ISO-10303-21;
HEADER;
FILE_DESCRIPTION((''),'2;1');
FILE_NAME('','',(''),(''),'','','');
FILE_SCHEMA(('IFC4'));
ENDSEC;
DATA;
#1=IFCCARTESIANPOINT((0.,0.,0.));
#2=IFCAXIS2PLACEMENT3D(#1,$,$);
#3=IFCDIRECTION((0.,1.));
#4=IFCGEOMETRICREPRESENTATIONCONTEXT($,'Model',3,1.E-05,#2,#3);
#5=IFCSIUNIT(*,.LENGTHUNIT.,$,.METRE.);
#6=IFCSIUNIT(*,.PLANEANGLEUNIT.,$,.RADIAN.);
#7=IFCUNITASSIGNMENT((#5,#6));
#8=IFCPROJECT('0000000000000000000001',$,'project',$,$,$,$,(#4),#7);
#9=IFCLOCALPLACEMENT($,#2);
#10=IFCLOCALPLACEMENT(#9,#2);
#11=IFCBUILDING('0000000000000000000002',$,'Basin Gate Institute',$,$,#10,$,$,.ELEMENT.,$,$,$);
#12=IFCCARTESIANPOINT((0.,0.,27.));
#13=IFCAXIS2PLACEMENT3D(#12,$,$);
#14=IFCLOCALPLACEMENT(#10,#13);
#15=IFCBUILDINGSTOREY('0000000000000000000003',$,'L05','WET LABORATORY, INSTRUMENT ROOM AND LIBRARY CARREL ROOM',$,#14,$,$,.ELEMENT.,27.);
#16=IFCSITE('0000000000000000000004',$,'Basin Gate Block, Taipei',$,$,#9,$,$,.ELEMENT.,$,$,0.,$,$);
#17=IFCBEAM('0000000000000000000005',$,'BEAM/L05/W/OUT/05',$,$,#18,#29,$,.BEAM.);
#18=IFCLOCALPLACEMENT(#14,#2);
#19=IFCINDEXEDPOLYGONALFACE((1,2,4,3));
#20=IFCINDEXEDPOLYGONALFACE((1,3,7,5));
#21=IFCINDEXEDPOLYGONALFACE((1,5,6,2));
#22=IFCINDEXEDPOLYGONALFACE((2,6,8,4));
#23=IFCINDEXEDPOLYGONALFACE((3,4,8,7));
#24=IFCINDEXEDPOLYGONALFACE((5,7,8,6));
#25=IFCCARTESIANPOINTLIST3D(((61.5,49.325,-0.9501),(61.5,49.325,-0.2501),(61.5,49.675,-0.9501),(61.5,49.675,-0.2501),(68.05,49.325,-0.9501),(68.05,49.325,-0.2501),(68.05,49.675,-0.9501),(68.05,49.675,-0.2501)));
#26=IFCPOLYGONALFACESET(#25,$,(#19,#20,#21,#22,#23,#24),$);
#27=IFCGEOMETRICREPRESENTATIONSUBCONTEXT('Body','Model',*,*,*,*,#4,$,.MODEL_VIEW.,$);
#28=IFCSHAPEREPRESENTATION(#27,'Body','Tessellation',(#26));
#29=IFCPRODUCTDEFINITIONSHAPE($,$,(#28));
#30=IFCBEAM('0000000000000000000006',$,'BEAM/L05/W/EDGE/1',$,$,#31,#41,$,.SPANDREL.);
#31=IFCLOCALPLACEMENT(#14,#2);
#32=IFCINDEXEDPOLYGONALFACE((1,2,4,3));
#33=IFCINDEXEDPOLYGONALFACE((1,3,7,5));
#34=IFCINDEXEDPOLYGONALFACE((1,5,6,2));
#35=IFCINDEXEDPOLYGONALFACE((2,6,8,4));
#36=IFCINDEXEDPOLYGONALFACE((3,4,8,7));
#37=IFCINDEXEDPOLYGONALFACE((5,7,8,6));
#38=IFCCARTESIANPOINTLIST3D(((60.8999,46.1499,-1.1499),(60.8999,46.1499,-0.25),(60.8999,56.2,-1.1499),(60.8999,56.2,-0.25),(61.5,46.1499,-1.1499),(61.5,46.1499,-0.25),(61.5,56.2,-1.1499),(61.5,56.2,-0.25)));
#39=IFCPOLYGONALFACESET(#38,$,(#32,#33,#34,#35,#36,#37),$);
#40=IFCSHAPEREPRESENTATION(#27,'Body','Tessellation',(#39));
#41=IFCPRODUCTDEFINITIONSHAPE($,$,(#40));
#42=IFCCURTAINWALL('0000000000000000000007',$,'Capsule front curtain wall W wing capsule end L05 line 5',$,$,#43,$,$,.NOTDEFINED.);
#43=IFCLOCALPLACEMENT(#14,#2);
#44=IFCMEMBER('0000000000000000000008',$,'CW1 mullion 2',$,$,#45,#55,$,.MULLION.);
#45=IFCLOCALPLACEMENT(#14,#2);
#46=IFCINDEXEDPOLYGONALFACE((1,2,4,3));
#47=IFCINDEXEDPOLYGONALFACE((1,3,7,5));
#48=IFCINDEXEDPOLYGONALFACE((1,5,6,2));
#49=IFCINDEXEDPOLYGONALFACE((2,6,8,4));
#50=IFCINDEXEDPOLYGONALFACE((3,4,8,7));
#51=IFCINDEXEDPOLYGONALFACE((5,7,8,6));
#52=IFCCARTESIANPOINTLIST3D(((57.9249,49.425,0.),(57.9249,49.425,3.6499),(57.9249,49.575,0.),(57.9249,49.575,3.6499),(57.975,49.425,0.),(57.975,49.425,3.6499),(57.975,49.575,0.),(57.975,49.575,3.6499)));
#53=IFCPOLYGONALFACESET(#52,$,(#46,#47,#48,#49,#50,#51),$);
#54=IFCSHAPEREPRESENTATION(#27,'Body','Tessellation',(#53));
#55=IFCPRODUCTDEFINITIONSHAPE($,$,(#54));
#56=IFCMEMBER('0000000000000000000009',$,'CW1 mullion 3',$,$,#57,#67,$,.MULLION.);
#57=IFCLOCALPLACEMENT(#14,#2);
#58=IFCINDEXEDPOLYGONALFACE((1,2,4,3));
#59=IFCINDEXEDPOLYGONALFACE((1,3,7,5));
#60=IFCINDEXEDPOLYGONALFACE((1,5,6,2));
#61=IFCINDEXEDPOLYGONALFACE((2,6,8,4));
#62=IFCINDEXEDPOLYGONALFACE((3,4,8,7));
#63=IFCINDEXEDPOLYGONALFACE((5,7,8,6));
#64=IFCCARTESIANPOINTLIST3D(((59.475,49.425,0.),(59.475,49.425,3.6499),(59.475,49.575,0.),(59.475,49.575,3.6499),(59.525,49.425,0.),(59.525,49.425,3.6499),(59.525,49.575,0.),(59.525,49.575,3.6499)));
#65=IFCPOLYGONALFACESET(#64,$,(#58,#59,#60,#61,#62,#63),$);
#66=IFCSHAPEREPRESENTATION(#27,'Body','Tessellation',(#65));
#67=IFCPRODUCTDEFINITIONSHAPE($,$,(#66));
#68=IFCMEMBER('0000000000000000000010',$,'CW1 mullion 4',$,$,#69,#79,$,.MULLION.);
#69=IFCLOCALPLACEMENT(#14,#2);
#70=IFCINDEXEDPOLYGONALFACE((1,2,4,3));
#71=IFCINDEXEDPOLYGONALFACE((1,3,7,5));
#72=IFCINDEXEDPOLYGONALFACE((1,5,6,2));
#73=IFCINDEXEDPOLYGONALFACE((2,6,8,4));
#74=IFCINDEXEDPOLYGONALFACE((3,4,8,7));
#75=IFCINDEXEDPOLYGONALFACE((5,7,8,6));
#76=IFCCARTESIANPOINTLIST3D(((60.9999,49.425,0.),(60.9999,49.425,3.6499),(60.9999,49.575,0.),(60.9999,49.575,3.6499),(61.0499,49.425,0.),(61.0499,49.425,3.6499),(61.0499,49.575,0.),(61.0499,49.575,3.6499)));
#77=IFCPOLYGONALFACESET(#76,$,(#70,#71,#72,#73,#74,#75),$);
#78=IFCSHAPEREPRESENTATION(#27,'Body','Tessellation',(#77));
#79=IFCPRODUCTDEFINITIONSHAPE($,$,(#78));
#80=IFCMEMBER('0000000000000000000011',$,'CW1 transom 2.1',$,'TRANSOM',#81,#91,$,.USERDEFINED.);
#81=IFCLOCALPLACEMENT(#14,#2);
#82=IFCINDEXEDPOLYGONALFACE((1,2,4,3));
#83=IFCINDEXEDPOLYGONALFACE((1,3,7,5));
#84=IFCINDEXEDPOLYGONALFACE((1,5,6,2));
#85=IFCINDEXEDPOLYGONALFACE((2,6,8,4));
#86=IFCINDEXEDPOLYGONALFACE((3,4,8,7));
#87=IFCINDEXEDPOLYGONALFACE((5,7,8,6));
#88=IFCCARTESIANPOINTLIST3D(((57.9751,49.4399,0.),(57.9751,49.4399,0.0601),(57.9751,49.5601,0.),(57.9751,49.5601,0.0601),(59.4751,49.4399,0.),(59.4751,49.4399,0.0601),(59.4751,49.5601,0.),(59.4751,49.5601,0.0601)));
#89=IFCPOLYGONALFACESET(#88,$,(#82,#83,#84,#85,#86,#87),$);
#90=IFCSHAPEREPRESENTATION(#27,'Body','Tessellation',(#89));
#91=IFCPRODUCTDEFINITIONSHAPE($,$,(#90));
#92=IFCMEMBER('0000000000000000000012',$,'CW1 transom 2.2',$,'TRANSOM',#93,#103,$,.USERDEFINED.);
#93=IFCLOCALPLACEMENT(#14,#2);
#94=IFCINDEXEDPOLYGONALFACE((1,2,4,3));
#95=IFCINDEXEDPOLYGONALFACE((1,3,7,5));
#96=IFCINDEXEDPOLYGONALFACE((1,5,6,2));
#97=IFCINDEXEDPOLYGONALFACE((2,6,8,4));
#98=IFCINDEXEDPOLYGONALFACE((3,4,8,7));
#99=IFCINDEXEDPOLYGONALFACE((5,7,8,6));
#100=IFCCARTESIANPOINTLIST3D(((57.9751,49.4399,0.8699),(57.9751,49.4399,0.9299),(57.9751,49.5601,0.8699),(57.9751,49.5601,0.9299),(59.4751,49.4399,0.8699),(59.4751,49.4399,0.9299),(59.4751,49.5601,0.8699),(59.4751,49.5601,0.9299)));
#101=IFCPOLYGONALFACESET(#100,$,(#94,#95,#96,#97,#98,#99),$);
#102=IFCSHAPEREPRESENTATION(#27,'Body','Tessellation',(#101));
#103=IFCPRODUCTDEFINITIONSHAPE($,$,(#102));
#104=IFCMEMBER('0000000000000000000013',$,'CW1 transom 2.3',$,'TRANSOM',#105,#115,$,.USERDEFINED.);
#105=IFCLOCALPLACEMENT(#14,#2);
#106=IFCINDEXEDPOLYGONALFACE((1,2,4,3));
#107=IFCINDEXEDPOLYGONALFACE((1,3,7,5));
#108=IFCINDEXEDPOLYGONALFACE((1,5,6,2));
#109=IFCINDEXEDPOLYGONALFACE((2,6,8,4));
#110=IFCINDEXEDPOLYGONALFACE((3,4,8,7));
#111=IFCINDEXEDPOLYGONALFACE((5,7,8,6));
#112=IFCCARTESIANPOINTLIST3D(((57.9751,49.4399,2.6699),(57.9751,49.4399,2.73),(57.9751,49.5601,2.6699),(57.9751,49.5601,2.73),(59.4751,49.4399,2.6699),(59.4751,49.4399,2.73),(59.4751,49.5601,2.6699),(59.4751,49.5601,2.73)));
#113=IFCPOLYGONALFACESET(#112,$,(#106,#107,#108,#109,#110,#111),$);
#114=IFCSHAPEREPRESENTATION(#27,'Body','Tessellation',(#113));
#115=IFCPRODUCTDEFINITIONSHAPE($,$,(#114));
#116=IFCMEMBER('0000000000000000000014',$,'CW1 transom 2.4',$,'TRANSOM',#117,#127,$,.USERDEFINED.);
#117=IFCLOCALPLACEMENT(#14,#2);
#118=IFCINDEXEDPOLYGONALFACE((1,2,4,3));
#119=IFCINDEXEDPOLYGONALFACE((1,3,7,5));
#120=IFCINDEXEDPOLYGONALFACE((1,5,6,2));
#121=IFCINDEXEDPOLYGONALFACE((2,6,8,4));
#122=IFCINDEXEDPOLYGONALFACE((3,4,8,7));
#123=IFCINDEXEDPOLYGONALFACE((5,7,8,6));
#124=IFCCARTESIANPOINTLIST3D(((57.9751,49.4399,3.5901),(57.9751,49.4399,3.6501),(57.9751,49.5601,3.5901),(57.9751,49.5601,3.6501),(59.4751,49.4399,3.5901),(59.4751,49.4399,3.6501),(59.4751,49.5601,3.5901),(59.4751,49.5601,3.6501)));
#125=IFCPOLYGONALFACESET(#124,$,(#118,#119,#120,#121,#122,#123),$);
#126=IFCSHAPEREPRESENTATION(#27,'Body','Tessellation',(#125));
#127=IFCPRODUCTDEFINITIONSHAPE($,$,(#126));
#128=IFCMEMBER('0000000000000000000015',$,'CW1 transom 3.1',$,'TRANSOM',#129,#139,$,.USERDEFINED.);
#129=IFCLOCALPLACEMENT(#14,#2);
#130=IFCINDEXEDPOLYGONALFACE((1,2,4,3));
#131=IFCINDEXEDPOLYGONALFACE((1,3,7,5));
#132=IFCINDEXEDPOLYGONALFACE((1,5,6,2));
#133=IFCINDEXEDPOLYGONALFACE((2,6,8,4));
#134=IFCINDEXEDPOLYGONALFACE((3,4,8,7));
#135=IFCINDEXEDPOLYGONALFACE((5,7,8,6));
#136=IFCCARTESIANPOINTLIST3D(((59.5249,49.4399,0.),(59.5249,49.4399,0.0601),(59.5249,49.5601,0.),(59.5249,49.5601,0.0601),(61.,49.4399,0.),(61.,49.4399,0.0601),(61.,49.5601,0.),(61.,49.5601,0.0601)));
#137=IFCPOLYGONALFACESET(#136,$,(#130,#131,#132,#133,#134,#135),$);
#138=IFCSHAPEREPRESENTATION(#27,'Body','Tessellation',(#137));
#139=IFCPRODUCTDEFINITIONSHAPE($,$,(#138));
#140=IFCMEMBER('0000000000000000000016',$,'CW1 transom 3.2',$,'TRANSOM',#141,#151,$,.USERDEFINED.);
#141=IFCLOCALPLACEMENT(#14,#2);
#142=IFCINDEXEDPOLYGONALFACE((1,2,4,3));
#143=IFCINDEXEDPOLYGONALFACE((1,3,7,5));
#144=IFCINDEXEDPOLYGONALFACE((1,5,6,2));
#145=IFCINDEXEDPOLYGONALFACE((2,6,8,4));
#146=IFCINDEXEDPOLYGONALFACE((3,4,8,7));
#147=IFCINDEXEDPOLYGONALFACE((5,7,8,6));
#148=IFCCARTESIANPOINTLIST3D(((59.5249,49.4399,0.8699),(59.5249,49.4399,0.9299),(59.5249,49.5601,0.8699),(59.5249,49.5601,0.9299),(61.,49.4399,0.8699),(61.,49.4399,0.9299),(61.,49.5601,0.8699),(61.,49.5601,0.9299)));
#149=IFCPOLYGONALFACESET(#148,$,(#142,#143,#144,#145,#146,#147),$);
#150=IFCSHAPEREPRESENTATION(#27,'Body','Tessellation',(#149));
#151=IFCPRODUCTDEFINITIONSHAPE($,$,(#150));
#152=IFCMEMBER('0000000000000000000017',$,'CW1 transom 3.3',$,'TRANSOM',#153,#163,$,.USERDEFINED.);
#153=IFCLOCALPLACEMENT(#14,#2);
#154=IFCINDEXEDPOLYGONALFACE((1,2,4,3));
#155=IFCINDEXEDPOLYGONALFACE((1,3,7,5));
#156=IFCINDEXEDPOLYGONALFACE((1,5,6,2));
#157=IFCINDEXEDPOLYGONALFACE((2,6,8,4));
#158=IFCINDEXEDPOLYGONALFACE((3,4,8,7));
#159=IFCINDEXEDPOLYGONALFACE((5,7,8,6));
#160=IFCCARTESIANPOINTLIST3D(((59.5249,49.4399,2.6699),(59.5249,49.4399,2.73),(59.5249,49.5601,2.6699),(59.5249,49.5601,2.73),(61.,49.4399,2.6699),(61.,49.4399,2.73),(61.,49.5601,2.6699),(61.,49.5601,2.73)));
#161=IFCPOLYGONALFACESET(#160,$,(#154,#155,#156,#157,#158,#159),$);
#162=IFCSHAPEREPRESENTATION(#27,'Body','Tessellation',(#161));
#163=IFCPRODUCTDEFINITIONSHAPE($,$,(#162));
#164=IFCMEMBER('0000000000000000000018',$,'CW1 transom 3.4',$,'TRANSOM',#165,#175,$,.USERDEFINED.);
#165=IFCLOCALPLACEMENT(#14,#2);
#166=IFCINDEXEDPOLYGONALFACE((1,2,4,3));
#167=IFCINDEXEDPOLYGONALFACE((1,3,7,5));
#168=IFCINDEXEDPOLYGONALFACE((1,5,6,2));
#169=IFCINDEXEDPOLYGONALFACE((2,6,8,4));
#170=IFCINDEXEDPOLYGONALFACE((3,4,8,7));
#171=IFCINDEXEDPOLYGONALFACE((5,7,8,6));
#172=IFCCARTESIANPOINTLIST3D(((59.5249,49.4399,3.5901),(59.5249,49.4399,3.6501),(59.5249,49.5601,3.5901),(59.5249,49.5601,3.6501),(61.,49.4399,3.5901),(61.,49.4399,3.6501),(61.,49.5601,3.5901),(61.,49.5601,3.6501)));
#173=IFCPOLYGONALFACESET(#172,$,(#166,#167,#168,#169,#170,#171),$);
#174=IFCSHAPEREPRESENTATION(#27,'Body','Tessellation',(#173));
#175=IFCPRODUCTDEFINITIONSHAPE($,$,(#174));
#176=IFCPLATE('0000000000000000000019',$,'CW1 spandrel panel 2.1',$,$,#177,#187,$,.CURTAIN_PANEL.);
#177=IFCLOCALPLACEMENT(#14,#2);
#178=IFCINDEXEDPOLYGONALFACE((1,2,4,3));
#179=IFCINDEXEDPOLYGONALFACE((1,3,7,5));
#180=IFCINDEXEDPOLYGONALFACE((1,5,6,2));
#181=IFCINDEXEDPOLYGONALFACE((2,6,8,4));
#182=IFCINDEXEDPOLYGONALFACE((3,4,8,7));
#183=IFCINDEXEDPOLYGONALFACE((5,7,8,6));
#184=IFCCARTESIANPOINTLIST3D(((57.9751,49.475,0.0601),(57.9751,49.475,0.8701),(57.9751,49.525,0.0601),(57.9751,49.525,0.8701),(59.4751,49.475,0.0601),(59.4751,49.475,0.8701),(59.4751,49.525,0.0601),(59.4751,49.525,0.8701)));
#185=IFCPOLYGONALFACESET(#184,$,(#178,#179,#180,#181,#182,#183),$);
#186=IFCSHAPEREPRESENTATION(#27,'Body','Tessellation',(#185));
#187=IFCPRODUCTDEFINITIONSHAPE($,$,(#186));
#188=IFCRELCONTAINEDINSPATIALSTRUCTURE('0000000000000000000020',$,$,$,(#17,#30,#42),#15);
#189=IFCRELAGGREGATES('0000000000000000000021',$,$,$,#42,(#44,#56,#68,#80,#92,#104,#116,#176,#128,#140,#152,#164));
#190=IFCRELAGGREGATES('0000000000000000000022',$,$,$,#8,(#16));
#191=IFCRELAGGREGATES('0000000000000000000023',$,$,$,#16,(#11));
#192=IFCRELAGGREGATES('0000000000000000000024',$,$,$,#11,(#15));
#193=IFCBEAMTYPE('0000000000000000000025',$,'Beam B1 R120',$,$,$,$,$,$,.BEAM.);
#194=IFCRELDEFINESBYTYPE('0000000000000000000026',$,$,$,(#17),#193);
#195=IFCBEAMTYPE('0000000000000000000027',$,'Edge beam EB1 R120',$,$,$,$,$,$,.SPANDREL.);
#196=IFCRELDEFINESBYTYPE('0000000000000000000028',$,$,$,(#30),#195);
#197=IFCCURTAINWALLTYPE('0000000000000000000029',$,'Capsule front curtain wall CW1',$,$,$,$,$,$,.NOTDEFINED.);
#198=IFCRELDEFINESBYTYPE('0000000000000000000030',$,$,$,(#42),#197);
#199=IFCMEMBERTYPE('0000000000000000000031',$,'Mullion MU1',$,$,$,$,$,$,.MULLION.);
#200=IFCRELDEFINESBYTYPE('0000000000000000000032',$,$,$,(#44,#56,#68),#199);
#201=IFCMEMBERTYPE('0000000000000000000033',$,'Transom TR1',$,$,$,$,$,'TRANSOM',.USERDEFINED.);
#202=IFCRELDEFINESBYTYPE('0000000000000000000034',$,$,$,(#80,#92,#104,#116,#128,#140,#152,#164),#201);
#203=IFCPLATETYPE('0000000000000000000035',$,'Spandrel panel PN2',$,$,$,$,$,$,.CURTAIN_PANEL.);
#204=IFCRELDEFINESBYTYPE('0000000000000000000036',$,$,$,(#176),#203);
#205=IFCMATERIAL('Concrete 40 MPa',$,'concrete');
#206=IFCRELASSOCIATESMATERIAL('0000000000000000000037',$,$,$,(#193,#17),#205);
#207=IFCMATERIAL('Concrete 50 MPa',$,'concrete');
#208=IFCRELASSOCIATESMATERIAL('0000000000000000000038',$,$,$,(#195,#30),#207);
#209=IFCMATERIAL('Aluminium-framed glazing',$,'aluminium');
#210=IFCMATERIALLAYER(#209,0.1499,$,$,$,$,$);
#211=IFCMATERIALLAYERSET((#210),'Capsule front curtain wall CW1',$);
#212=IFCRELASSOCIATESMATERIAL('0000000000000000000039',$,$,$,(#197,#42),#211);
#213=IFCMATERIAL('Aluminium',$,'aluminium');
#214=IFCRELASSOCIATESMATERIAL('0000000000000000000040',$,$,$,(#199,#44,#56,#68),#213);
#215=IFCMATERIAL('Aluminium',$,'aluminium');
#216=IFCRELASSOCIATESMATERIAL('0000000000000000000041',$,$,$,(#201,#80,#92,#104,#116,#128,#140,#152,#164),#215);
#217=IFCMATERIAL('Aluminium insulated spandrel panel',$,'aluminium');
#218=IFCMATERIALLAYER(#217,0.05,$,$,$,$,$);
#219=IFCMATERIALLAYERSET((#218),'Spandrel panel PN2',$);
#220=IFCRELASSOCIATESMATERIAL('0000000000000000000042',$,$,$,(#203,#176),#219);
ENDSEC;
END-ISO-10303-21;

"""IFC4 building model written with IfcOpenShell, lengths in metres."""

from ifc_helpers import new_model, si_unit, direction, frame, origin, origin_2d, place, context, subcontext, project, spatial, rectangle, extrude, material, layer, layer_set, material_profile, profile_set, type_object, element, aggregate, save


model = new_model("IFC4")

# Units and contexts
model_context = context("Model", 3, precision=1e-05, world=origin(), true_north=direction((0.0, 1.0)))
body_context = subcontext(model_context, "Body", "Model", "MODEL_VIEW")
ifc_project = project(units=[si_unit("LENGTHUNIT", "METRE"), si_unit("PLANEANGLEUNIT", "RADIAN")], contexts=[model_context])

# Site, building, storey
site_placement = place(None, origin())
site = spatial("IfcSite", under=ifc_project, at=site_placement, Name="Basin Gate Block, Taipei", CompositionType="ELEMENT", RefElevation=0.0)
building_placement = place(site_placement, origin())
building = spatial("IfcBuilding", under=site, at=building_placement, Name="Basin Gate Institute", CompositionType="ELEMENT")
storey_placement = place(building_placement, frame((0.0, 0.0, 27.0)))
storey = spatial("IfcBuildingStorey", under=building, at=storey_placement, Name="L05", Description="WET LABORATORY, INSTRUMENT ROOM AND LIBRARY CARREL ROOM", CompositionType="ELEMENT", Elevation=27.0)

# Beams
ifc_material_1 = material(Name="Concrete 40 MPa", Category="concrete")
ifc_material_profile_1 = material_profile(ifc_material_1, rectangle(XDim=0.3501, YDim=0.7, at=origin_2d()), Name="Beam B1 350 x 700")
ifc_profile_set_1 = profile_set([ifc_material_profile_1], Name="Concrete 40 MPa")
beam_type_1 = type_object("IfcBeamType", Name="Beam B1 R120", PredefinedType="BEAM", material=ifc_profile_set_1)
beam_1_placement = place(storey_placement, frame((61.5, 49.5, -0.6001), z_axis=(1.0, 0.0, 0.0), x_axis=(0.0, 1.0, 0.0)))
element("IfcBeam", 1, at=beam_1_placement, inside=storey, type_object=beam_type_1, material=ifc_profile_set_1, Name="BEAM/L05/W/OUT/05", PredefinedType="BEAM", context=body_context, shape_type="SweptSolid", body=[
    extrude(rectangle(XDim=0.3501, YDim=0.7, at=origin_2d()), origin(), (0.0, 0.0, 1.0), 6.55),
])
ifc_material_2 = material(Name="Concrete 50 MPa", Category="concrete")
ifc_material_profile_2 = material_profile(ifc_material_2, rectangle(XDim=0.6001, YDim=0.8999, at=origin_2d()), Name="Edge beam EB1 600 x 900")
ifc_profile_set_2 = profile_set([ifc_material_profile_2], Name="Concrete 50 MPa")
beam_type_2 = type_object("IfcBeamType", Name="Edge beam EB1 R120", PredefinedType="SPANDREL", material=ifc_profile_set_2)
beam_2_placement = place(storey_placement, frame((61.2, 46.1499, -0.7), z_axis=(0.0, 1.0, 0.0), x_axis=(-1.0, 0.0, 0.0)))
element("IfcBeam", 2, at=beam_2_placement, inside=storey, type_object=beam_type_2, material=ifc_profile_set_2, Name="BEAM/L05/W/EDGE/1", PredefinedType="SPANDREL", context=body_context, shape_type="SweptSolid", body=[
    extrude(rectangle(XDim=0.6001, YDim=0.8999, at=origin_2d()), origin(), (0.0, 0.0, 1.0), 10.05),
])

# Curtain wall, members, plate
ifc_material_3 = material(Name="Aluminium-framed glazing", Category="aluminium")
ifc_layer_1 = layer(ifc_material_3, 0.1499)
ifc_layer_set_1 = layer_set([ifc_layer_1], Name="Capsule front curtain wall CW1")
curtain_wall_type = type_object("IfcCurtainWallType", Name="Capsule front curtain wall CW1", PredefinedType="NOTDEFINED", material=ifc_layer_set_1)
curtain_wall_placement = place(storey_placement, origin())
curtain_wall = element("IfcCurtainWall", 3, at=curtain_wall_placement, inside=storey, type_object=curtain_wall_type, material=ifc_layer_set_1, Name="Capsule front curtain wall W wing capsule end L05 line 5", PredefinedType="NOTDEFINED")
ifc_material_4 = material(Name="Aluminium", Category="aluminium")
ifc_material_profile_3 = material_profile(ifc_material_4, rectangle(XDim=0.1499, YDim=0.05, at=origin_2d()), Name="Mullion MU1 150 x 50")
ifc_profile_set_3 = profile_set([ifc_material_profile_3], Name="Aluminium")
member_type_1 = type_object("IfcMemberType", Name="Mullion MU1", PredefinedType="MULLION", material=ifc_profile_set_3)
member_1_placement = place(storey_placement, frame((57.95, 49.5, 0.0), z_axis=(0.0, 0.0, 1.0), x_axis=(0.0, 1.0, 0.0)))
member_1 = element("IfcMember", 4, at=member_1_placement, type_object=member_type_1, material=ifc_profile_set_3, Name="CW1 mullion 2", PredefinedType="MULLION", context=body_context, shape_type="SweptSolid", body=[
    extrude(rectangle(XDim=0.1499, YDim=0.05, at=origin_2d()), origin(), (0.0, 0.0, 1.0), 3.6499),
])
member_2_placement = place(storey_placement, frame((59.5, 49.5, 0.0), z_axis=(0.0, 0.0, 1.0), x_axis=(0.0, 1.0, 0.0)))
member_2 = element("IfcMember", 5, at=member_2_placement, type_object=member_type_1, material=ifc_profile_set_3, Name="CW1 mullion 3", PredefinedType="MULLION", context=body_context, shape_type="SweptSolid", body=[
    extrude(rectangle(XDim=0.1499, YDim=0.05, at=origin_2d()), origin(), (0.0, 0.0, 1.0), 3.6499),
])
member_3_placement = place(storey_placement, frame((61.0249, 49.5, 0.0), z_axis=(0.0, 0.0, 1.0), x_axis=(0.0, 1.0, 0.0)))
member_3 = element("IfcMember", 6, at=member_3_placement, type_object=member_type_1, material=ifc_profile_set_3, Name="CW1 mullion 4", PredefinedType="MULLION", context=body_context, shape_type="SweptSolid", body=[
    extrude(rectangle(XDim=0.1499, YDim=0.05, at=origin_2d()), origin(), (0.0, 0.0, 1.0), 3.6499),
])
ifc_material_5 = material(Name="Aluminium", Category="aluminium")
ifc_material_profile_4 = material_profile(ifc_material_5, rectangle(XDim=0.1201, YDim=0.0601, at=origin_2d()), Name="Transom TR1 120 x 60")
ifc_profile_set_4 = profile_set([ifc_material_profile_4], Name="Aluminium")
member_type_2 = type_object("IfcMemberType", Name="Transom TR1", ElementType="TRANSOM", PredefinedType="USERDEFINED", material=ifc_profile_set_4)
member_4_placement = place(storey_placement, frame((57.9751, 49.5, 0.03), z_axis=(1.0, 0.0, 0.0), x_axis=(0.0, 1.0, 0.0)))
member_4 = element("IfcMember", 7, at=member_4_placement, type_object=member_type_2, material=ifc_profile_set_4, Name="CW1 transom 2.1", ObjectType="TRANSOM", PredefinedType="USERDEFINED", context=body_context, shape_type="SweptSolid", body=[
    extrude(rectangle(XDim=0.1201, YDim=0.0601, at=origin_2d()), origin(), (0.0, 0.0, 1.0), 1.5),
])
member_5_placement = place(storey_placement, frame((57.9751, 49.5, 0.8999), z_axis=(1.0, 0.0, 0.0), x_axis=(0.0, 1.0, 0.0)))
member_5 = element("IfcMember", 8, at=member_5_placement, type_object=member_type_2, material=ifc_profile_set_4, Name="CW1 transom 2.2", ObjectType="TRANSOM", PredefinedType="USERDEFINED", context=body_context, shape_type="SweptSolid", body=[
    extrude(rectangle(XDim=0.1201, YDim=0.0601, at=origin_2d()), origin(), (0.0, 0.0, 1.0), 1.5),
])
member_6_placement = place(storey_placement, frame((57.9751, 49.5, 2.7), z_axis=(1.0, 0.0, 0.0), x_axis=(0.0, 1.0, 0.0)))
member_6 = element("IfcMember", 9, at=member_6_placement, type_object=member_type_2, material=ifc_profile_set_4, Name="CW1 transom 2.3", ObjectType="TRANSOM", PredefinedType="USERDEFINED", context=body_context, shape_type="SweptSolid", body=[
    extrude(rectangle(XDim=0.1201, YDim=0.0601, at=origin_2d()), origin(), (0.0, 0.0, 1.0), 1.5),
])
member_7_placement = place(storey_placement, frame((57.9751, 49.5, 3.6201), z_axis=(1.0, 0.0, 0.0), x_axis=(0.0, 1.0, 0.0)))
member_7 = element("IfcMember", 10, at=member_7_placement, type_object=member_type_2, material=ifc_profile_set_4, Name="CW1 transom 2.4", ObjectType="TRANSOM", PredefinedType="USERDEFINED", context=body_context, shape_type="SweptSolid", body=[
    extrude(rectangle(XDim=0.1201, YDim=0.0601, at=origin_2d()), origin(), (0.0, 0.0, 1.0), 1.5),
])
member_8_placement = place(storey_placement, frame((59.5249, 49.5, 0.03), z_axis=(1.0, 0.0, 0.0), x_axis=(0.0, 1.0, 0.0)))
member_8 = element("IfcMember", 11, at=member_8_placement, type_object=member_type_2, material=ifc_profile_set_4, Name="CW1 transom 3.1", ObjectType="TRANSOM", PredefinedType="USERDEFINED", context=body_context, shape_type="SweptSolid", body=[
    extrude(rectangle(XDim=0.1201, YDim=0.0601, at=origin_2d()), origin(), (0.0, 0.0, 1.0), 1.4751),
])
member_9_placement = place(storey_placement, frame((59.5249, 49.5, 0.8999), z_axis=(1.0, 0.0, 0.0), x_axis=(0.0, 1.0, 0.0)))
member_9 = element("IfcMember", 12, at=member_9_placement, type_object=member_type_2, material=ifc_profile_set_4, Name="CW1 transom 3.2", ObjectType="TRANSOM", PredefinedType="USERDEFINED", context=body_context, shape_type="SweptSolid", body=[
    extrude(rectangle(XDim=0.1201, YDim=0.0601, at=origin_2d()), origin(), (0.0, 0.0, 1.0), 1.4751),
])
member_10_placement = place(storey_placement, frame((59.5249, 49.5, 2.7), z_axis=(1.0, 0.0, 0.0), x_axis=(0.0, 1.0, 0.0)))
member_10 = element("IfcMember", 13, at=member_10_placement, type_object=member_type_2, material=ifc_profile_set_4, Name="CW1 transom 3.3", ObjectType="TRANSOM", PredefinedType="USERDEFINED", context=body_context, shape_type="SweptSolid", body=[
    extrude(rectangle(XDim=0.1201, YDim=0.0601, at=origin_2d()), origin(), (0.0, 0.0, 1.0), 1.4751),
])
member_11_placement = place(storey_placement, frame((59.5249, 49.5, 3.6201), z_axis=(1.0, 0.0, 0.0), x_axis=(0.0, 1.0, 0.0)))
member_11 = element("IfcMember", 14, at=member_11_placement, type_object=member_type_2, material=ifc_profile_set_4, Name="CW1 transom 3.4", ObjectType="TRANSOM", PredefinedType="USERDEFINED", context=body_context, shape_type="SweptSolid", body=[
    extrude(rectangle(XDim=0.1201, YDim=0.0601, at=origin_2d()), origin(), (0.0, 0.0, 1.0), 1.4751),
])
ifc_material_6 = material(Name="Aluminium insulated spandrel panel", Category="aluminium")
ifc_layer_2 = layer(ifc_material_6, 0.05)
ifc_layer_set_2 = layer_set([ifc_layer_2], Name="Spandrel panel PN2")
plate_type_1 = type_object("IfcPlateType", Name="Spandrel panel PN2", PredefinedType="CURTAIN_PANEL", material=ifc_layer_set_2)
plate_1_placement = place(storey_placement, frame((58.7251, 49.5, 0.0601), z_axis=(0.0, 0.0, 1.0), x_axis=(1.0, 0.0, 0.0)))
plate_1 = element("IfcPlate", 15, at=plate_1_placement, type_object=plate_type_1, material=ifc_layer_set_2, Name="CW1 spandrel panel 2.1", PredefinedType="CURTAIN_PANEL", context=body_context, shape_type="SweptSolid", body=[
    extrude(rectangle(XDim=1.5, YDim=0.05, at=origin_2d()), origin(), (0.0, 0.0, 1.0), 0.8101),
])
aggregate(curtain_wall, [member_1, member_2, member_3, member_4, member_5, member_6, member_7, plate_1, member_8, member_9, member_10, member_11])

save(model, "model.ifc")
